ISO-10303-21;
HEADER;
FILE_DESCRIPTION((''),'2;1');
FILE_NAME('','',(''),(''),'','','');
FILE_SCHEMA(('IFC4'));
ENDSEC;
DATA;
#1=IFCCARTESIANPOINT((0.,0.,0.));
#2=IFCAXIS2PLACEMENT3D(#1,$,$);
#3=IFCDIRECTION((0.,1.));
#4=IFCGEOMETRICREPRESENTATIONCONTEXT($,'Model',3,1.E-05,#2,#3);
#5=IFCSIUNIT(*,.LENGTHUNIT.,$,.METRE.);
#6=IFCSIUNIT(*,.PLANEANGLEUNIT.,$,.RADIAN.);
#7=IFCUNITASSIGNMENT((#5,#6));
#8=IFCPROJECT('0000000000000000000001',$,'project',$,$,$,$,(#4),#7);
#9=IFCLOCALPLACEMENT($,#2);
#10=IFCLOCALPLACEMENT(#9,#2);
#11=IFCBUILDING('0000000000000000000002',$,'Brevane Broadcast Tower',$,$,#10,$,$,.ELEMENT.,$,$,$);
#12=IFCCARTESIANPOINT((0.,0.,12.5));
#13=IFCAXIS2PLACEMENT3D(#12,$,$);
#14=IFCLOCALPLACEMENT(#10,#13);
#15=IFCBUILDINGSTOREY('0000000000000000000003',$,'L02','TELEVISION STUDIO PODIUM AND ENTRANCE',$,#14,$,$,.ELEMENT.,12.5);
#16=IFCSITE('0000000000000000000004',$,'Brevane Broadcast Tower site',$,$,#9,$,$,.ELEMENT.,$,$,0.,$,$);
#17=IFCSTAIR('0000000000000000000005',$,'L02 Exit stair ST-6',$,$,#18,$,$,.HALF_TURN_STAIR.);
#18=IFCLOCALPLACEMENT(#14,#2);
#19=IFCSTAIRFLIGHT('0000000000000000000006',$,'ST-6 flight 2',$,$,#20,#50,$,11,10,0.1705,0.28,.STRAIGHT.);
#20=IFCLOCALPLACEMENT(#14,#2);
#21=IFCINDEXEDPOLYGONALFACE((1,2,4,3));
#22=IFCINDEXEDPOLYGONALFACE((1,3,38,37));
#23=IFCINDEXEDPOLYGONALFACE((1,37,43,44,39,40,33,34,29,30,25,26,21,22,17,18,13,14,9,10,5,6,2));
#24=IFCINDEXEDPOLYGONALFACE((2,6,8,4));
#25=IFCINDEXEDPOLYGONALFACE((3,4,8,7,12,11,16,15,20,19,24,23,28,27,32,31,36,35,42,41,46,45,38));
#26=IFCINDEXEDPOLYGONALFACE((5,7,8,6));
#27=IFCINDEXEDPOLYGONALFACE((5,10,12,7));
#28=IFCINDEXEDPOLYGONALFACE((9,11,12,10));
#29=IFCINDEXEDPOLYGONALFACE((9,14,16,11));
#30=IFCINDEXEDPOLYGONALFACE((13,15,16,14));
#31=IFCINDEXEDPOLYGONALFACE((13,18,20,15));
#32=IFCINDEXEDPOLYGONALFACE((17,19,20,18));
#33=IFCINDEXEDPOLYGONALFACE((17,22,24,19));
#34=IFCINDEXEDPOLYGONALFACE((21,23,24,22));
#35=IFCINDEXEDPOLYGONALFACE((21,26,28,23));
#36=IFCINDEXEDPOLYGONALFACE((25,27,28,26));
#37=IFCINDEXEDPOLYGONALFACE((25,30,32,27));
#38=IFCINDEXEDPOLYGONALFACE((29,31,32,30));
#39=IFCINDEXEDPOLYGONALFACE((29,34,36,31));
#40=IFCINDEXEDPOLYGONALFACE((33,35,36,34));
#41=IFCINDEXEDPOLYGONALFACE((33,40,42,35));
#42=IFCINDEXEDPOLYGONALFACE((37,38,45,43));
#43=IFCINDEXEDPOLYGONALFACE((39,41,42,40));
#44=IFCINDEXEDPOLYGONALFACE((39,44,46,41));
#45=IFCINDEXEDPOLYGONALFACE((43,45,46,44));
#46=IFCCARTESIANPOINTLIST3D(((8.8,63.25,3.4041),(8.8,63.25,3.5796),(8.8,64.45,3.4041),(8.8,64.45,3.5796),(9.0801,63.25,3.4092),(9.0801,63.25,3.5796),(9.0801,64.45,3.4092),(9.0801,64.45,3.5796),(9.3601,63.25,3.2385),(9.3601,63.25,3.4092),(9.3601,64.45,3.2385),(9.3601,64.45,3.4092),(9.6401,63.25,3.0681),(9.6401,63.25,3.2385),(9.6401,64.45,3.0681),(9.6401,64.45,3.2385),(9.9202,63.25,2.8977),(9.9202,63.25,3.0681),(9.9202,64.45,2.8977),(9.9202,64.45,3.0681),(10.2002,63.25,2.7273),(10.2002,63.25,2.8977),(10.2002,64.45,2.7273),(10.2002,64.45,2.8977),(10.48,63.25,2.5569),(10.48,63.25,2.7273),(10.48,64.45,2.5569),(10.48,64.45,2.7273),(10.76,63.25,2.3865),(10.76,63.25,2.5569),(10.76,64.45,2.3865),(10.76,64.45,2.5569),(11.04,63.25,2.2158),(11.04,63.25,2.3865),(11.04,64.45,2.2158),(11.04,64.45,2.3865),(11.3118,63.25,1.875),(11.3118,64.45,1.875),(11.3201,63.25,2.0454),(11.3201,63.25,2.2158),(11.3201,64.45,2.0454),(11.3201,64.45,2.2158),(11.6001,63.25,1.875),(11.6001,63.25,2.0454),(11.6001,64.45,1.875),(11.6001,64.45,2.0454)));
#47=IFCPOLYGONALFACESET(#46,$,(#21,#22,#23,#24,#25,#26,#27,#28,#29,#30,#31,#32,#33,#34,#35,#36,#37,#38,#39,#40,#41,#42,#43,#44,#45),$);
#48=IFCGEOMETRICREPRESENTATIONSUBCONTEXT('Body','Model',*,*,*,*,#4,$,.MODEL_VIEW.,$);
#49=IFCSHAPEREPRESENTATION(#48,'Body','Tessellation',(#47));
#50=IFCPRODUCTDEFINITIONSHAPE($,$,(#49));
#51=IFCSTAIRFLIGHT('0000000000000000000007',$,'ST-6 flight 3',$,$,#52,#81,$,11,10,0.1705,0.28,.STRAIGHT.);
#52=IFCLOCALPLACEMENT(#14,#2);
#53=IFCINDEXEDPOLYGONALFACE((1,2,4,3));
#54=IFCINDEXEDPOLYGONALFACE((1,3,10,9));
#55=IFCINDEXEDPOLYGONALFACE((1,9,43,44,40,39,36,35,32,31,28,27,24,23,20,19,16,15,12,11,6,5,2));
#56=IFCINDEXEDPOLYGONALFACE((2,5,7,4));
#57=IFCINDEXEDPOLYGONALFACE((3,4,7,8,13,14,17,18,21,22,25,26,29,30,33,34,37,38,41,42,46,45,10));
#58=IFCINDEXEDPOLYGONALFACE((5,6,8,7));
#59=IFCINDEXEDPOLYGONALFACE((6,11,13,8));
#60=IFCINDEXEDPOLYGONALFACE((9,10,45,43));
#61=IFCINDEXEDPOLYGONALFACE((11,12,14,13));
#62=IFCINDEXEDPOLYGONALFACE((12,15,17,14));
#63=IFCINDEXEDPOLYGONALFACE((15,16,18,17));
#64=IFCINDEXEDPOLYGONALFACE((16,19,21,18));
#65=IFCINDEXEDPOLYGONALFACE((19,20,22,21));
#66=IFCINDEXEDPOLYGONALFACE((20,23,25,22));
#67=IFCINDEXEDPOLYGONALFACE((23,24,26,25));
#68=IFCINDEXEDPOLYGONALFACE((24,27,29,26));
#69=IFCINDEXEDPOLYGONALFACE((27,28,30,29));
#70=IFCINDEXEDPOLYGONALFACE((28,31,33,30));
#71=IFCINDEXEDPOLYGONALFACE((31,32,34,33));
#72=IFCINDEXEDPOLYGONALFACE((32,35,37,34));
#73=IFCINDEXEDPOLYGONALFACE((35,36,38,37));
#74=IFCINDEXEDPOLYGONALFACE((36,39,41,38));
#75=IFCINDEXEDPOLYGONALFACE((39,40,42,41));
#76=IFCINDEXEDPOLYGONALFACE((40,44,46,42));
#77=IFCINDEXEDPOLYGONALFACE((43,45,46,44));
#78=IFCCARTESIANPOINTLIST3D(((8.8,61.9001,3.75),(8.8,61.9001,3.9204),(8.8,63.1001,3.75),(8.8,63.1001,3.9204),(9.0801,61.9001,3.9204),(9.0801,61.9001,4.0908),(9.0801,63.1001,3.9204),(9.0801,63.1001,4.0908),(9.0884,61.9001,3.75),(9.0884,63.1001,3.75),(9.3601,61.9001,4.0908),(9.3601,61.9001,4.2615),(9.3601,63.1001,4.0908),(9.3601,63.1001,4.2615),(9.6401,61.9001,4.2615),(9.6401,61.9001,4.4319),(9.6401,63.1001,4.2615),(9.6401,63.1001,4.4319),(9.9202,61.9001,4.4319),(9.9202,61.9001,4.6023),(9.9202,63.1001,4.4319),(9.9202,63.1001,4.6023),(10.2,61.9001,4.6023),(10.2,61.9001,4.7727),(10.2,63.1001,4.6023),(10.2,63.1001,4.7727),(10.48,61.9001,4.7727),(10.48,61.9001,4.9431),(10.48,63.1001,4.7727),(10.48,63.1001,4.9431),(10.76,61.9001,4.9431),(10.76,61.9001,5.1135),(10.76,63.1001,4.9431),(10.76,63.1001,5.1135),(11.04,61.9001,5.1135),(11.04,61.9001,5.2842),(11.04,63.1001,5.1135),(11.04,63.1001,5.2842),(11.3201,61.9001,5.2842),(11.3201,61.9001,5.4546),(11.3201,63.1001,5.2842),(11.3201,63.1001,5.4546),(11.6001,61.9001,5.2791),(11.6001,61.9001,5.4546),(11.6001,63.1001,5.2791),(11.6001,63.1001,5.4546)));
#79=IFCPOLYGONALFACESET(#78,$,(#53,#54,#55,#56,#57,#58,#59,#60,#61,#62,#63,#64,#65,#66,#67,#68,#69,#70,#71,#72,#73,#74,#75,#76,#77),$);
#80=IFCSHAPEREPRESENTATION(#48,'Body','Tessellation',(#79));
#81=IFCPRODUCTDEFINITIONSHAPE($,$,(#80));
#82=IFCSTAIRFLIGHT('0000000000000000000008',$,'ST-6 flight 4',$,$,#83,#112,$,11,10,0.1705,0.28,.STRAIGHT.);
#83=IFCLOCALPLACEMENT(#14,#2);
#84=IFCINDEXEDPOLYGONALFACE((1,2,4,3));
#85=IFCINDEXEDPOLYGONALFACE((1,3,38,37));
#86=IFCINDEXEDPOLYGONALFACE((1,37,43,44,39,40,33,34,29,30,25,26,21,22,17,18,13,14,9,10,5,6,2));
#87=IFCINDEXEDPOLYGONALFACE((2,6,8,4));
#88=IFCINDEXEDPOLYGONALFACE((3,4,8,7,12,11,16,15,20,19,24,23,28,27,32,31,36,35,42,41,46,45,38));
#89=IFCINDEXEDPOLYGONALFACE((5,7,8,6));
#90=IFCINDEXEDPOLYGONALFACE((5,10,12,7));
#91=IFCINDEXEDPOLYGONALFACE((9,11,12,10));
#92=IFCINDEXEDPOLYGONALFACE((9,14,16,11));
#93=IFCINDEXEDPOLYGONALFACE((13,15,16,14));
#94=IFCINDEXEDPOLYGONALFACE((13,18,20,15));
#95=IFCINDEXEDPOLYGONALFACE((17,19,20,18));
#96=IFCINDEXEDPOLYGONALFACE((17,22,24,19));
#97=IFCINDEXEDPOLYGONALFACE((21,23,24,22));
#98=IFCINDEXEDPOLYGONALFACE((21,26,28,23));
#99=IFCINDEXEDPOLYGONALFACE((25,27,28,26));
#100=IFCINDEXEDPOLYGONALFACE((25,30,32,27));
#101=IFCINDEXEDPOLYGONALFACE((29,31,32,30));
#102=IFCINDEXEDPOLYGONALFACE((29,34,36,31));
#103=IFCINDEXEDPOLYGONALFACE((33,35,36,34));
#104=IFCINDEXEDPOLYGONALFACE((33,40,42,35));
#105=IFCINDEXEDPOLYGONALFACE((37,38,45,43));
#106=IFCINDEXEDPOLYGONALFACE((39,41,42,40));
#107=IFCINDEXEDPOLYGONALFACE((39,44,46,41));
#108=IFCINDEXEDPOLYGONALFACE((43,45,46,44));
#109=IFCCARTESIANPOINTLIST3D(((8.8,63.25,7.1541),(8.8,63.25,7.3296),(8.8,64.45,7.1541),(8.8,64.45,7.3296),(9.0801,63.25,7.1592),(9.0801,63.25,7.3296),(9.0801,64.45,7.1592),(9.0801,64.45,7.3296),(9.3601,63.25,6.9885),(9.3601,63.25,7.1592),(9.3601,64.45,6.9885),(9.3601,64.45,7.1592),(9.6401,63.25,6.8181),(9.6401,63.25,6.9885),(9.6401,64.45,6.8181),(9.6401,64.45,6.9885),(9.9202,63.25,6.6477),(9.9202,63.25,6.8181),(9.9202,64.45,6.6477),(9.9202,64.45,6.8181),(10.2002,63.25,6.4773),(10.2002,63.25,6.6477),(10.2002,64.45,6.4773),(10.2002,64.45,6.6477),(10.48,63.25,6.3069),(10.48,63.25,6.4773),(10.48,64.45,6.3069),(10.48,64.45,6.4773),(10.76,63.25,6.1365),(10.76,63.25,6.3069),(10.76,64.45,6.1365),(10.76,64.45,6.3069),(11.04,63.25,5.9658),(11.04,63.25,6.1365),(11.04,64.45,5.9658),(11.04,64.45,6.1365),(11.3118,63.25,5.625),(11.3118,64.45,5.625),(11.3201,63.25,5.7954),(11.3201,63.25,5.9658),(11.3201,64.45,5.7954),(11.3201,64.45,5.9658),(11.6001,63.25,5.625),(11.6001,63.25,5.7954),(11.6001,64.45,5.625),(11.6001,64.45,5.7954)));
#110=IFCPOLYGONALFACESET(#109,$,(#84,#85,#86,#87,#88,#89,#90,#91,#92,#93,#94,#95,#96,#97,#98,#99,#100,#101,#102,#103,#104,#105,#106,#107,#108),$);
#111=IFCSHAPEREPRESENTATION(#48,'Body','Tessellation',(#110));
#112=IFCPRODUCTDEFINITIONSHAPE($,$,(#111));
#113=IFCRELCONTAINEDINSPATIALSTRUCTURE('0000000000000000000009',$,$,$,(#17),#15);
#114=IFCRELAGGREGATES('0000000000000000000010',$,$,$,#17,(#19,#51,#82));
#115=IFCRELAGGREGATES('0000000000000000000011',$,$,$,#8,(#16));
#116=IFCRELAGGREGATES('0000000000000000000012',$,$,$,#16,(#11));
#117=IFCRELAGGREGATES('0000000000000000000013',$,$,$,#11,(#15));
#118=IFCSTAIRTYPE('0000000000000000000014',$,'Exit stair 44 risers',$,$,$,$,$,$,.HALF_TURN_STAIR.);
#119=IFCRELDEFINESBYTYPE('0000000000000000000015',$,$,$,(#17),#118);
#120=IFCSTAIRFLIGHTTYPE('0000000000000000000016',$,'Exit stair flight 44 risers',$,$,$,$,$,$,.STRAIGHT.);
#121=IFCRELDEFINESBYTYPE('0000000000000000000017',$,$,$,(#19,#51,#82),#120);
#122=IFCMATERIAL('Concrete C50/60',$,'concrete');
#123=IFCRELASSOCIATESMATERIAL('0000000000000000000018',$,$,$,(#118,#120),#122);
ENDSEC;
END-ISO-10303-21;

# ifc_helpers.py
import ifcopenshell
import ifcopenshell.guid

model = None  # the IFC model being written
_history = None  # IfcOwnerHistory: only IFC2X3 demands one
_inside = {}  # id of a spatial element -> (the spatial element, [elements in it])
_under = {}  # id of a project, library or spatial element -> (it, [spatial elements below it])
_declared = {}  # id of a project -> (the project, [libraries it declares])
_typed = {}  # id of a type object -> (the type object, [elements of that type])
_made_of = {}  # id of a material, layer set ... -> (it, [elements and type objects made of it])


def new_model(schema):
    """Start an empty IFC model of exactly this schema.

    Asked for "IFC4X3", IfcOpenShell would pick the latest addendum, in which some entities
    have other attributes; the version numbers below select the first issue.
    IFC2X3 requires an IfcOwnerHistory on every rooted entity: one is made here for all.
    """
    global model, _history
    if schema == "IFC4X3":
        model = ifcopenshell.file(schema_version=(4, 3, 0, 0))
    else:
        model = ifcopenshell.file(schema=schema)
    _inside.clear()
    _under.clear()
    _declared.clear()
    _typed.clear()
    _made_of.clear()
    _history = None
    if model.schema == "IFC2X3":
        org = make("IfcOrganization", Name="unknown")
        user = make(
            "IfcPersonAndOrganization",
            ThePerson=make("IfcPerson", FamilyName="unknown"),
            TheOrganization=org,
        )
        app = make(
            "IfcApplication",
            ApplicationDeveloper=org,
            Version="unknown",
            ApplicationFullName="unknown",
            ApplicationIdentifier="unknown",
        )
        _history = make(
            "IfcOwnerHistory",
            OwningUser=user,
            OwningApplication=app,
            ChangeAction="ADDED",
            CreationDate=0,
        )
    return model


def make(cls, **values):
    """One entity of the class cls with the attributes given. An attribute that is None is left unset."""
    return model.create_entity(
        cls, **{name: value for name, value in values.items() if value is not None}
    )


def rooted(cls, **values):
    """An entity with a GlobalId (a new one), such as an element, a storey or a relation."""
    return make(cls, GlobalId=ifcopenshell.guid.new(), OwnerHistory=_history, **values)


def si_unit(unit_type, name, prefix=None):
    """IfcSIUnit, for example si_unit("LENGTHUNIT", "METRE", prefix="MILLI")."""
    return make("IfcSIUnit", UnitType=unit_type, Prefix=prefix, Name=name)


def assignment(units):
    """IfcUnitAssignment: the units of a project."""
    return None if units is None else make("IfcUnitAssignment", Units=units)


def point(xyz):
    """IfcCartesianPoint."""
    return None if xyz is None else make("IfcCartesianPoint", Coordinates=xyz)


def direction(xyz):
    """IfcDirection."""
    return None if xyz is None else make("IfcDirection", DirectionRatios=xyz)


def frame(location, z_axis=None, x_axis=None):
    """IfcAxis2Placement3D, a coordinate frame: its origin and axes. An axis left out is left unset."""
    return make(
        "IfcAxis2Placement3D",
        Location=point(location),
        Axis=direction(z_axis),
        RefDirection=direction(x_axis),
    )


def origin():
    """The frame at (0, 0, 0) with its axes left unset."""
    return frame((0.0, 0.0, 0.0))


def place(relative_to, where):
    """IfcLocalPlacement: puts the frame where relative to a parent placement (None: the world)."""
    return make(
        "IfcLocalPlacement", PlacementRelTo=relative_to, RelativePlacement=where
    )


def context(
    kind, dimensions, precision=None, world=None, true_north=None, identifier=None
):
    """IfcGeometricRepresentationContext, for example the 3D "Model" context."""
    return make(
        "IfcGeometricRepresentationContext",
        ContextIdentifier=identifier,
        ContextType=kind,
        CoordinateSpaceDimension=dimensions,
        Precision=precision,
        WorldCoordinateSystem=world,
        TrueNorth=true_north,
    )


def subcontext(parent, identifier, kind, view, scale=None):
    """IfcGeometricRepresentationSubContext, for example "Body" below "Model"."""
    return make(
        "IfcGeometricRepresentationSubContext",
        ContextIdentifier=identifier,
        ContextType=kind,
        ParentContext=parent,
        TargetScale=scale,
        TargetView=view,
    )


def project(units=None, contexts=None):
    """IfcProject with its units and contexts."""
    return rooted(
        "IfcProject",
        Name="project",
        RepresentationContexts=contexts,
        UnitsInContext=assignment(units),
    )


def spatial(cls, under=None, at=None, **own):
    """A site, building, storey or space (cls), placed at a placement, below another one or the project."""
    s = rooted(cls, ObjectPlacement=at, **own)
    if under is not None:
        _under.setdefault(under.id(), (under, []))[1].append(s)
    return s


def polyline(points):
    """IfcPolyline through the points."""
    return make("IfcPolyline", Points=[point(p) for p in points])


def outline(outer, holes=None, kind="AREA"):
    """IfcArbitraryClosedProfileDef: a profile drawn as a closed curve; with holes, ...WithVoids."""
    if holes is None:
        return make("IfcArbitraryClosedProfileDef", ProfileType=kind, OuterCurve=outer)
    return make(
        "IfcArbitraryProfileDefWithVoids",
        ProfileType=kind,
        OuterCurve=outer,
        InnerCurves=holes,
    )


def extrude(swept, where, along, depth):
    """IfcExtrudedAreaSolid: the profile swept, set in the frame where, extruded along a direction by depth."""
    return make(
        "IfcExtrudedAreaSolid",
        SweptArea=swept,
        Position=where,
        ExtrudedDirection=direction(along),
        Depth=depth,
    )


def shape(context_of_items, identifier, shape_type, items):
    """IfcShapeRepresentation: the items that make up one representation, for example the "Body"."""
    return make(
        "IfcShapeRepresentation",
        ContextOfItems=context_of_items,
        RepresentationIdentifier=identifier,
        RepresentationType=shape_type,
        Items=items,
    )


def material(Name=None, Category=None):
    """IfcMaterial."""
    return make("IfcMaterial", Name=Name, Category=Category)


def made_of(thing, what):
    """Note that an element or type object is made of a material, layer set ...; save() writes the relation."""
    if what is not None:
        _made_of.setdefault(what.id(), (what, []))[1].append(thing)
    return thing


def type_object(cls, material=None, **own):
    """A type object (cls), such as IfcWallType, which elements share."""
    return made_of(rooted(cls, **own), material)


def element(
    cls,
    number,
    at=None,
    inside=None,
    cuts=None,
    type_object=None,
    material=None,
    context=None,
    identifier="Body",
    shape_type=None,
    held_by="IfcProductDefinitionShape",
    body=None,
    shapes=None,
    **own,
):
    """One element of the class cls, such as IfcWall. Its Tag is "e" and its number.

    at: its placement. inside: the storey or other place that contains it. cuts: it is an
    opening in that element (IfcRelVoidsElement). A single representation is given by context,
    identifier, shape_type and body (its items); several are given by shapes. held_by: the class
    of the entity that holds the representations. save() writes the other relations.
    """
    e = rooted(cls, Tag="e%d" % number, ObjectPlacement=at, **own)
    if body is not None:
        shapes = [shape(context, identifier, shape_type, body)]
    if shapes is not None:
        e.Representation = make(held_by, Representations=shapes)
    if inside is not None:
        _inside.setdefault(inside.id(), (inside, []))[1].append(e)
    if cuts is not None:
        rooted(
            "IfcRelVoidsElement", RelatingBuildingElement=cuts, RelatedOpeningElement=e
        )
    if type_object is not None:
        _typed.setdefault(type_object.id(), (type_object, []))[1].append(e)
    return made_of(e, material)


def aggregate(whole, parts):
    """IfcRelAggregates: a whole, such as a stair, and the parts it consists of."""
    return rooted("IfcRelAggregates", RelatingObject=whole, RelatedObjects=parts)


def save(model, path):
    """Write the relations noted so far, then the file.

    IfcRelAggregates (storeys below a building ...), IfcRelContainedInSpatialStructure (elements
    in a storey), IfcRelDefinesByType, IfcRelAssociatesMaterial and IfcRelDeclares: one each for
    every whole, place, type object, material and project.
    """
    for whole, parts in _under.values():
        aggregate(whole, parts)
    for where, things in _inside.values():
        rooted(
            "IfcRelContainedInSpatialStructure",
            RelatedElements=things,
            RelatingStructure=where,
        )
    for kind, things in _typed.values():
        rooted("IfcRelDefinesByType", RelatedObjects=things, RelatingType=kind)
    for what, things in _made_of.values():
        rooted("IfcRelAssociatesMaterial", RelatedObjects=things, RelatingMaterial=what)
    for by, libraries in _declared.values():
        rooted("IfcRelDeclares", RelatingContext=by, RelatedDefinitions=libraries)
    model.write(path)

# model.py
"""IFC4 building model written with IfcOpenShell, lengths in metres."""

from ifc_helpers import new_model, si_unit, direction, frame, origin, place, context, subcontext, project, spatial, polyline, outline, extrude, material, type_object, element, aggregate, save


model = new_model("IFC4")

# Units and contexts
model_context = context("Model", 3, precision=1e-05, world=origin(), true_north=direction((0.0, 1.0)))
body_context = subcontext(model_context, "Body", "Model", "MODEL_VIEW")
ifc_project = project(units=[si_unit("LENGTHUNIT", "METRE"), si_unit("PLANEANGLEUNIT", "RADIAN")], contexts=[model_context])

# Site, building, storey
site_placement = place(None, origin())
site = spatial("IfcSite", under=ifc_project, at=site_placement, Name="Brevane Broadcast Tower site", CompositionType="ELEMENT", RefElevation=0.0)
building_placement = place(site_placement, origin())
building = spatial("IfcBuilding", under=site, at=building_placement, Name="Brevane Broadcast Tower", CompositionType="ELEMENT")
storey_placement = place(building_placement, frame((0.0, 0.0, 12.5)))
storey = spatial("IfcBuildingStorey", under=building, at=storey_placement, Name="L02", Description="TELEVISION STUDIO PODIUM AND ENTRANCE", CompositionType="ELEMENT", Elevation=12.5)

# Stair, stair flights
ifc_material_1 = material(Name="Concrete C50/60", Category="concrete")
stair_type = type_object("IfcStairType", Name="Exit stair 44 risers", PredefinedType="HALF_TURN_STAIR", material=ifc_material_1)
stair_placement = place(storey_placement, origin())
stair = element("IfcStair", 1, at=stair_placement, inside=storey, type_object=stair_type, Name="L02 Exit stair ST-6", PredefinedType="HALF_TURN_STAIR")
stair_flight_type = type_object("IfcStairFlightType", Name="Exit stair flight 44 risers", PredefinedType="STRAIGHT", material=ifc_material_1)
stair_flight_1_placement = place(storey_placement, frame((11.6001, 63.8501, 1.875), z_axis=(0.0, 0.0, 1.0), x_axis=(-1.0, 0.0, 0.0)))
stair_flight_1 = element("IfcStairFlight", 2, at=stair_flight_1_placement, type_object=stair_flight_type, Name="ST-6 flight 2", NumberOfRisers=11, NumberOfTreads=10, PredefinedType="STRAIGHT", RiserHeight=0.1705, TreadLength=0.28, context=body_context, shape_type="SweptSolid", body=[
    extrude(outline(polyline([(0.0, 0.0), (0.0, 0.1704), (0.28, 0.1704), (0.28, 0.3408), (0.5601, 0.3408), (0.5601, 0.5115), (0.8401, 0.5115), (0.8401, 0.6819), (1.1201, 0.6819), (1.1201, 0.8523), (1.3999, 0.8523), (1.3999, 1.0227), (1.6799, 1.0227), (1.6799, 1.1931), (1.96, 1.1931), (1.96, 1.3635), (2.24, 1.3635), (2.24, 1.5342), (2.52, 1.5342), (2.52, 1.7046), (2.8, 1.7046), (2.8, 1.875), (2.8, 1.5291), (0.2883, 0.0), (0.0, 0.0)])), frame((0.0, 0.6001, 0.0), z_axis=(0.0, -1.0, 0.0), x_axis=(1.0, 0.0, 0.0)), (0.0, 0.0, 1.0), 1.2),
])
stair_flight_2_placement = place(storey_placement, frame((8.8, 62.5, 3.75), z_axis=(0.0, 0.0, 1.0), x_axis=(1.0, 0.0, 0.0)))
stair_flight_2 = element("IfcStairFlight", 3, at=stair_flight_2_placement, type_object=stair_flight_type, Name="ST-6 flight 3", NumberOfRisers=11, NumberOfTreads=10, PredefinedType="STRAIGHT", RiserHeight=0.1705, TreadLength=0.28, context=body_context, shape_type="SweptSolid", body=[
    extrude(outline(polyline([(0.0, 0.0), (0.0, 0.1704), (0.28, 0.1704), (0.28, 0.3408), (0.5601, 0.3408), (0.5601, 0.5115), (0.8401, 0.5115), (0.8401, 0.6819), (1.1201, 0.6819), (1.1201, 0.8523), (1.3999, 0.8523), (1.3999, 1.0227), (1.6799, 1.0227), (1.6799, 1.1931), (1.96, 1.1931), (1.96, 1.3635), (2.24, 1.3635), (2.24, 1.5342), (2.52, 1.5342), (2.52, 1.7046), (2.8, 1.7046), (2.8, 1.875), (2.8, 1.5291), (0.2883, 0.0), (0.0, 0.0)])), frame((0.0, 0.6001, 0.0), z_axis=(0.0, -1.0, 0.0), x_axis=(1.0, 0.0, 0.0)), (0.0, 0.0, 1.0), 1.2),
])
stair_flight_3_placement = place(storey_placement, frame((11.6001, 63.8501, 5.625), z_axis=(0.0, 0.0, 1.0), x_axis=(-1.0, 0.0, 0.0)))
stair_flight_3 = element("IfcStairFlight", 4, at=stair_flight_3_placement, type_object=stair_flight_type, Name="ST-6 flight 4", NumberOfRisers=11, NumberOfTreads=10, PredefinedType="STRAIGHT", RiserHeight=0.1705, TreadLength=0.28, context=body_context, shape_type="SweptSolid", body=[
    extrude(outline(polyline([(0.0, 0.0), (0.0, 0.1704), (0.28, 0.1704), (0.28, 0.3408), (0.5601, 0.3408), (0.5601, 0.5115), (0.8401, 0.5115), (0.8401, 0.6819), (1.1201, 0.6819), (1.1201, 0.8523), (1.3999, 0.8523), (1.3999, 1.0227), (1.6799, 1.0227), (1.6799, 1.1931), (1.96, 1.1931), (1.96, 1.3635), (2.24, 1.3635), (2.24, 1.5342), (2.52, 1.5342), (2.52, 1.7046), (2.8, 1.7046), (2.8, 1.875), (2.8, 1.5291), (0.2883, 0.0), (0.0, 0.0)])), frame((0.0, 0.6001, 0.0), z_axis=(0.0, -1.0, 0.0), x_axis=(1.0, 0.0, 0.0)), (0.0, 0.0, 1.0), 1.2),
])
aggregate(stair, [stair_flight_1, stair_flight_2, stair_flight_3])

save(model, "model.ifc")
